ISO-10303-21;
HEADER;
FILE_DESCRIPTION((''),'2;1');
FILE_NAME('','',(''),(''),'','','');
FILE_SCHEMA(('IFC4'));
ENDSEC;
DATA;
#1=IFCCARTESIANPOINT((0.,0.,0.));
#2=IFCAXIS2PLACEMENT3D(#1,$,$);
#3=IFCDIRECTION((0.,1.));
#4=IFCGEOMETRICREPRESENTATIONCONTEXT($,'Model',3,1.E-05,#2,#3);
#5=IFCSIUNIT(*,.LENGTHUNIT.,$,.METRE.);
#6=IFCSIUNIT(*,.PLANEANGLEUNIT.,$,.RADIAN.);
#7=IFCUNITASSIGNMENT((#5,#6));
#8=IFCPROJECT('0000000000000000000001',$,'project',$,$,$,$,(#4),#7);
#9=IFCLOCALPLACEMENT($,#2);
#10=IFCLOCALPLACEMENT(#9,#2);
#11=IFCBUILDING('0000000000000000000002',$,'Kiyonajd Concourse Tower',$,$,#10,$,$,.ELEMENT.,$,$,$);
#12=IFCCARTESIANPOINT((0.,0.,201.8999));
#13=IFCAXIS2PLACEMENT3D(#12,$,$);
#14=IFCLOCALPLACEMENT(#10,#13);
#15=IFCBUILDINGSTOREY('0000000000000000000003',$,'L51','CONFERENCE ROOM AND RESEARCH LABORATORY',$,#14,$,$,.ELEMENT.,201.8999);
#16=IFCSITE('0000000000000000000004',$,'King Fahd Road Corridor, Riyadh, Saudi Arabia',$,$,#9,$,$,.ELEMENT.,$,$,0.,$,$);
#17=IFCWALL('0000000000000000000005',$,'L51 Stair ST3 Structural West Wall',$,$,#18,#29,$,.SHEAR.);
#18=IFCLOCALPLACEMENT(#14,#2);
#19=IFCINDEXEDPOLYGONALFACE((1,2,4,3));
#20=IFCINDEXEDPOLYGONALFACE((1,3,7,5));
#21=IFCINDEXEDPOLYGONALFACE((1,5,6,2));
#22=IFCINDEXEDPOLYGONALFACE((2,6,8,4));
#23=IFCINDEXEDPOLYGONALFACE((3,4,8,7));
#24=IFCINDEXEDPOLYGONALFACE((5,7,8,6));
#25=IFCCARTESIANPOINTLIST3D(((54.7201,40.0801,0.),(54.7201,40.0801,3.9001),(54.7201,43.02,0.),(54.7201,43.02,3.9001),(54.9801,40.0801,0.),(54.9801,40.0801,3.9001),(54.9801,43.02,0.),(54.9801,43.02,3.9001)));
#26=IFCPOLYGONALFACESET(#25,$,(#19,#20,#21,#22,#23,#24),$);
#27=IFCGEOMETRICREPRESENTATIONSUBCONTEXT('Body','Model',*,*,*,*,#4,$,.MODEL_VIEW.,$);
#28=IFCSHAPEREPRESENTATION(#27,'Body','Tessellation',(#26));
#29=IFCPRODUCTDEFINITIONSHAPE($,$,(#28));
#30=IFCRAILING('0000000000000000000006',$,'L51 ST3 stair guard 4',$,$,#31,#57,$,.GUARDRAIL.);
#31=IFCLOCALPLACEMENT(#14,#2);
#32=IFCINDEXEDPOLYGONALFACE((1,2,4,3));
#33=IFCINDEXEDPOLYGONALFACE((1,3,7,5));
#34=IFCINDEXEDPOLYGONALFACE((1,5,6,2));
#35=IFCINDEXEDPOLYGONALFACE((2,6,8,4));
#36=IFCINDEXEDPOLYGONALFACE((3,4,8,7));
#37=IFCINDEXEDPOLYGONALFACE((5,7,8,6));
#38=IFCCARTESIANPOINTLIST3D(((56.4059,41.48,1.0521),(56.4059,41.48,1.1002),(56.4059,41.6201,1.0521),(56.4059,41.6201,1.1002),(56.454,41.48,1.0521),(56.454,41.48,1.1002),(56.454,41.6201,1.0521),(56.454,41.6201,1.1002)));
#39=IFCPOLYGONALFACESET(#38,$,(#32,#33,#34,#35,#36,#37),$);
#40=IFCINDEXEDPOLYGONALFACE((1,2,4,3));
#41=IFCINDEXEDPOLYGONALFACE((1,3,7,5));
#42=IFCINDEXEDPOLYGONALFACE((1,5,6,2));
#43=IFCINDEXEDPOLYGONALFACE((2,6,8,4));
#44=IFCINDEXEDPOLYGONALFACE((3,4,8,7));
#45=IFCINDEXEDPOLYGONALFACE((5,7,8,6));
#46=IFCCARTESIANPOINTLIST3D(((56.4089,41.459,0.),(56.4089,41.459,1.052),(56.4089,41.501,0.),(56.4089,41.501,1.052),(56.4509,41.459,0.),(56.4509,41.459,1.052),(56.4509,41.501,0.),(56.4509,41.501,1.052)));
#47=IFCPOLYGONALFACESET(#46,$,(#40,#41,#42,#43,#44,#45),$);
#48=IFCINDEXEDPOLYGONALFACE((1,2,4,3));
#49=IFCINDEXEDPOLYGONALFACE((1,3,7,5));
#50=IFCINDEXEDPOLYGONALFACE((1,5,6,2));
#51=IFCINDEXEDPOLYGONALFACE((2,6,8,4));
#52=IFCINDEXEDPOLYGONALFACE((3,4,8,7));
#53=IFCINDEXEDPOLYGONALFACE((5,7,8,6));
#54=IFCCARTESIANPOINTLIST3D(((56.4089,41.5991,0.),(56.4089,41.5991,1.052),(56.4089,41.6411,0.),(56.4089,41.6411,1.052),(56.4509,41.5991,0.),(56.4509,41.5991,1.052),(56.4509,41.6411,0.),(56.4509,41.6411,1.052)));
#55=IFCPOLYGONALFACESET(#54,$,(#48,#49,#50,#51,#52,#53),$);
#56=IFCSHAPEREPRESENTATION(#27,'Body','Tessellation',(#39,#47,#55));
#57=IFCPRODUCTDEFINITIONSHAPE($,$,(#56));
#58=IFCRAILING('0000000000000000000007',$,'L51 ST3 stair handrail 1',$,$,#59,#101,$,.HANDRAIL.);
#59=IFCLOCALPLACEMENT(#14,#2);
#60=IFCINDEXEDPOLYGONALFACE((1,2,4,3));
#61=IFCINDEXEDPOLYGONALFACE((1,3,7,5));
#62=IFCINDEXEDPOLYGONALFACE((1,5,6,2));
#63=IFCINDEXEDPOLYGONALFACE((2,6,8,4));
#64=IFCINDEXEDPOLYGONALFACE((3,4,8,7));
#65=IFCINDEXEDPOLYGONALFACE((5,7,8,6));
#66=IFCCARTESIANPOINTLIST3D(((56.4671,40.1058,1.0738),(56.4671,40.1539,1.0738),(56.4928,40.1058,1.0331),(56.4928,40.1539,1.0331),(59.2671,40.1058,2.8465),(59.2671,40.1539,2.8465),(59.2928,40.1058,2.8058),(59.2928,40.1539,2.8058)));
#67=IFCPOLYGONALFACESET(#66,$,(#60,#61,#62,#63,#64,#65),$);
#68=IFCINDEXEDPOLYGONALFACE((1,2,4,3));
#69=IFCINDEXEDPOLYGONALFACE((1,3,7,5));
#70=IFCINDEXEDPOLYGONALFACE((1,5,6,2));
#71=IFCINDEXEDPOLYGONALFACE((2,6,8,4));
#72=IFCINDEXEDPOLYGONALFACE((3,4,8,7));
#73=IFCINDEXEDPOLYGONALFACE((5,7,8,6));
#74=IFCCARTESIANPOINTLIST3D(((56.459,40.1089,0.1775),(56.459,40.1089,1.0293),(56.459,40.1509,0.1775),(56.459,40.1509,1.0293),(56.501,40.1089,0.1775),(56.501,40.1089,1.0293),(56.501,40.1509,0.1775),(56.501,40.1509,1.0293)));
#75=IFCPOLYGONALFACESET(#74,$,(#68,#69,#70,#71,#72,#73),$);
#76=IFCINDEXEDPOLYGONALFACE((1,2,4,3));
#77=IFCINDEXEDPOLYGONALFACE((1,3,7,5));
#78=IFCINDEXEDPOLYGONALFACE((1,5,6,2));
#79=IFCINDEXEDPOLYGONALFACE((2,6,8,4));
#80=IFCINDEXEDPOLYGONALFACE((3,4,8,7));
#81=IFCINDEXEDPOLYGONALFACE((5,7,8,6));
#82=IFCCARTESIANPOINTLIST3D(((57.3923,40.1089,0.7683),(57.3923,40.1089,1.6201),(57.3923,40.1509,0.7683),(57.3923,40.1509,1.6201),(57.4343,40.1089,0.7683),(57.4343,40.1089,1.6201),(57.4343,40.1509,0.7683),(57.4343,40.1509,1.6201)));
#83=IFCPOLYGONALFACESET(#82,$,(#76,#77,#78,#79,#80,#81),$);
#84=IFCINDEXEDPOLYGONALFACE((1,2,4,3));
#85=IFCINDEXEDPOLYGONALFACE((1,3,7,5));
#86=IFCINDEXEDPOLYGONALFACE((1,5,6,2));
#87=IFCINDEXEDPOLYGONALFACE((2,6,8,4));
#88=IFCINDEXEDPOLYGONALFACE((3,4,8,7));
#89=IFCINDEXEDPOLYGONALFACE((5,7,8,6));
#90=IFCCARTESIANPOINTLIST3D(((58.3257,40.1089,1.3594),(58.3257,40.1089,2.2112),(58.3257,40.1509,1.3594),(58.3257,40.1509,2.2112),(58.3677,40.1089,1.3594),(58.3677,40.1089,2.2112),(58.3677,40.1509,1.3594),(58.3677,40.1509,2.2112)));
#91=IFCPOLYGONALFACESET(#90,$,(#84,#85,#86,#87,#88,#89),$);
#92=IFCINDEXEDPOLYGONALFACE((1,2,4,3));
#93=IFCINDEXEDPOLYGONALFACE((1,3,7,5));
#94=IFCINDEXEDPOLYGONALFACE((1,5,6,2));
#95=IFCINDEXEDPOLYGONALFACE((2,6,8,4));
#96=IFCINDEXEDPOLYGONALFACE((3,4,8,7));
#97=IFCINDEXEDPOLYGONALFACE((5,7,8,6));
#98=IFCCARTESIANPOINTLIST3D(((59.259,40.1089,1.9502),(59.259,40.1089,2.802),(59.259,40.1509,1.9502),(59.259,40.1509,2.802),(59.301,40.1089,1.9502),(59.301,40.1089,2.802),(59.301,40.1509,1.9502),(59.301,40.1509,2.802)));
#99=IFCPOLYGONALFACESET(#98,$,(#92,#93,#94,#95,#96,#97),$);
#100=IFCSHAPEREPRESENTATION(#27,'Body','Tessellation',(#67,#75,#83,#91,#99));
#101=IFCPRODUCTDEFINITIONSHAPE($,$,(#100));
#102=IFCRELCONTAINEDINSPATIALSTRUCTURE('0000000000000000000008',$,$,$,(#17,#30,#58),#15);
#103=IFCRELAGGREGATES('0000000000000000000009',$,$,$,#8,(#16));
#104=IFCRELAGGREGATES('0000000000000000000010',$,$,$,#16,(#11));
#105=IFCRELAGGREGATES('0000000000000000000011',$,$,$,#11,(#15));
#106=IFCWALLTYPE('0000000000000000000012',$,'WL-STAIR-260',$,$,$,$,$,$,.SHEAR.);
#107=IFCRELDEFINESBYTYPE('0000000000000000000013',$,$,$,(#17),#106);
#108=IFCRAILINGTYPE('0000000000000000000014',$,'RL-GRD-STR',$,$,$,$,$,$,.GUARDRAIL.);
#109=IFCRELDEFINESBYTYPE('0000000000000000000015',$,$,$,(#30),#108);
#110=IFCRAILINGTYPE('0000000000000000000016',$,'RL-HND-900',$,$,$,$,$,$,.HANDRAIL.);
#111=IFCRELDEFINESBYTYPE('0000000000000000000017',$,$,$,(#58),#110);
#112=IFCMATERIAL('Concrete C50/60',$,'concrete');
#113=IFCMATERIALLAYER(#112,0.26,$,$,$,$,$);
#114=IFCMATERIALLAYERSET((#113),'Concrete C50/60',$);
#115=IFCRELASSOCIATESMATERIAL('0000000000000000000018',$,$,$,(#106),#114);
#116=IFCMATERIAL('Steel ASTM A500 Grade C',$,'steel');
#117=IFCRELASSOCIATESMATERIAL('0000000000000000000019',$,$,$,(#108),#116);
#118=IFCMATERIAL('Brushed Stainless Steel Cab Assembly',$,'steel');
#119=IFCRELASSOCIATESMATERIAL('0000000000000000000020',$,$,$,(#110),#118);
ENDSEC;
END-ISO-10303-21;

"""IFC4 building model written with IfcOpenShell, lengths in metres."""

from ifc_helpers import new_model, si_unit, direction, frame, frame_2d, origin, origin_2d, place, context, subcontext, project, spatial, rectangle, extrude, material, layer, layer_set, type_object, element, save


model = new_model("IFC4")

# Units and contexts
model_context = context("Model", 3, precision=1e-05, world=origin(), true_north=direction((0.0, 1.0)))
body_context = subcontext(model_context, "Body", "Model", "MODEL_VIEW")
ifc_project = project(units=[si_unit("LENGTHUNIT", "METRE"), si_unit("PLANEANGLEUNIT", "RADIAN")], contexts=[model_context])

# Site, building, storey
site_placement = place(None, origin())
site = spatial("IfcSite", under=ifc_project, at=site_placement, Name="King Fahd Road Corridor, Riyadh, Saudi Arabia", CompositionType="ELEMENT", RefElevation=0.0)
building_placement = place(site_placement, origin())
building = spatial("IfcBuilding", under=site, at=building_placement, Name="Kiyonajd Concourse Tower", CompositionType="ELEMENT")
storey_placement = place(building_placement, frame((0.0, 0.0, 201.8999)))
storey = spatial("IfcBuildingStorey", under=building, at=storey_placement, Name="L51", Description="CONFERENCE ROOM AND RESEARCH LABORATORY", CompositionType="ELEMENT", Elevation=201.8999)

# Shared definitions
ifc_material_1 = material(Name="Concrete C50/60", Category="concrete")

# Shared definitions
ifc_material_2 = material(Name="Brushed Stainless Steel Cab Assembly", Category="steel")

# Shared definitions
ifc_layer_1 = layer(ifc_material_1, 0.26)
ifc_layer_set_1 = layer_set([ifc_layer_1], Name="Concrete C50/60")
wall_type_1 = type_object("IfcWallType", Name="WL-STAIR-260", PredefinedType="SHEAR", material=ifc_layer_set_1)

# Wall
wall_1_placement = place(storey_placement, frame((54.8501, 40.0801, 0.0), z_axis=(0.0, 0.0, 1.0), x_axis=(0.0, 1.0, 0.0)))
element("IfcWall", 1, at=wall_1_placement, inside=storey, type_object=wall_type_1, Name="L51 Stair ST3 Structural West Wall", PredefinedType="SHEAR", context=body_context, shape_type="SweptSolid", body=[
    extrude(rectangle(XDim=2.9399, YDim=0.26, at=frame_2d((1.47, 0.0))), origin(), (0.0, 0.0, 1.0), 3.9001),
])

# Railings
ifc_material_3 = material(Name="Steel ASTM A500 Grade C", Category="steel")
railing_type_1 = type_object("IfcRailingType", Name="RL-GRD-STR", PredefinedType="GUARDRAIL", material=ifc_material_3)
railing_1_placement = place(storey_placement, frame((56.4299, 41.48, 0.0)))
element("IfcRailing", 2, at=railing_1_placement, inside=storey, type_object=railing_type_1, Name="L51 ST3 stair guard 4", PredefinedType="GUARDRAIL", context=body_context, shape_type="SweptSolid", body=[
    extrude(rectangle(XDim=0.0481, YDim=0.0481, at=origin_2d()), frame((0.0, 0.0, 1.0762), z_axis=(0.0, 1.0, 0.0), x_axis=(-1.0, 0.0, 0.0)), (0.0, 0.0, 1.0), 0.1401),
    extrude(rectangle(XDim=0.042, YDim=0.042, at=origin_2d()), origin(), (0.0, 0.0, 1.0), 1.052),
    extrude(rectangle(XDim=0.042, YDim=0.042, at=origin_2d()), frame((0.0, 0.1401, 0.0)), (0.0, 0.0, 1.0), 1.052),
])
railing_type_2 = type_object("IfcRailingType", Name="RL-HND-900", PredefinedType="HANDRAIL", material=ifc_material_2)
railing_2_placement = place(storey_placement, frame((56.48, 40.1299, 0.1775)))
element("IfcRailing", 3, at=railing_2_placement, inside=storey, type_object=railing_type_2, Name="L51 ST3 stair handrail 1", PredefinedType="HANDRAIL", context=body_context, shape_type="SweptSolid", body=[
    extrude(rectangle(XDim=0.0481, YDim=0.0481, at=origin_2d()), frame((0.0, 0.0, 0.876), z_axis=(0.844909, 0.0, 0.53491), x_axis=(0.0, 1.0, 0.0)), (0.0, 0.0, 1.0), 3.314),
    extrude(rectangle(XDim=0.042, YDim=0.042, at=origin_2d()), origin(), (0.0, 0.0, 1.0), 0.8518),
    extrude(rectangle(XDim=0.042, YDim=0.042, at=origin_2d()), frame((0.9333, 0.0, 0.5908)), (0.0, 0.0, 1.0), 0.8518),
    extrude(rectangle(XDim=0.042, YDim=0.042, at=origin_2d()), frame((1.8667, 0.0, 1.1819)), (0.0, 0.0, 1.0), 0.8518),
    extrude(rectangle(XDim=0.042, YDim=0.042, at=origin_2d()), frame((2.8, 0.0, 1.7727)), (0.0, 0.0, 1.0), 0.8518),
])

save(model, "model.ifc")
